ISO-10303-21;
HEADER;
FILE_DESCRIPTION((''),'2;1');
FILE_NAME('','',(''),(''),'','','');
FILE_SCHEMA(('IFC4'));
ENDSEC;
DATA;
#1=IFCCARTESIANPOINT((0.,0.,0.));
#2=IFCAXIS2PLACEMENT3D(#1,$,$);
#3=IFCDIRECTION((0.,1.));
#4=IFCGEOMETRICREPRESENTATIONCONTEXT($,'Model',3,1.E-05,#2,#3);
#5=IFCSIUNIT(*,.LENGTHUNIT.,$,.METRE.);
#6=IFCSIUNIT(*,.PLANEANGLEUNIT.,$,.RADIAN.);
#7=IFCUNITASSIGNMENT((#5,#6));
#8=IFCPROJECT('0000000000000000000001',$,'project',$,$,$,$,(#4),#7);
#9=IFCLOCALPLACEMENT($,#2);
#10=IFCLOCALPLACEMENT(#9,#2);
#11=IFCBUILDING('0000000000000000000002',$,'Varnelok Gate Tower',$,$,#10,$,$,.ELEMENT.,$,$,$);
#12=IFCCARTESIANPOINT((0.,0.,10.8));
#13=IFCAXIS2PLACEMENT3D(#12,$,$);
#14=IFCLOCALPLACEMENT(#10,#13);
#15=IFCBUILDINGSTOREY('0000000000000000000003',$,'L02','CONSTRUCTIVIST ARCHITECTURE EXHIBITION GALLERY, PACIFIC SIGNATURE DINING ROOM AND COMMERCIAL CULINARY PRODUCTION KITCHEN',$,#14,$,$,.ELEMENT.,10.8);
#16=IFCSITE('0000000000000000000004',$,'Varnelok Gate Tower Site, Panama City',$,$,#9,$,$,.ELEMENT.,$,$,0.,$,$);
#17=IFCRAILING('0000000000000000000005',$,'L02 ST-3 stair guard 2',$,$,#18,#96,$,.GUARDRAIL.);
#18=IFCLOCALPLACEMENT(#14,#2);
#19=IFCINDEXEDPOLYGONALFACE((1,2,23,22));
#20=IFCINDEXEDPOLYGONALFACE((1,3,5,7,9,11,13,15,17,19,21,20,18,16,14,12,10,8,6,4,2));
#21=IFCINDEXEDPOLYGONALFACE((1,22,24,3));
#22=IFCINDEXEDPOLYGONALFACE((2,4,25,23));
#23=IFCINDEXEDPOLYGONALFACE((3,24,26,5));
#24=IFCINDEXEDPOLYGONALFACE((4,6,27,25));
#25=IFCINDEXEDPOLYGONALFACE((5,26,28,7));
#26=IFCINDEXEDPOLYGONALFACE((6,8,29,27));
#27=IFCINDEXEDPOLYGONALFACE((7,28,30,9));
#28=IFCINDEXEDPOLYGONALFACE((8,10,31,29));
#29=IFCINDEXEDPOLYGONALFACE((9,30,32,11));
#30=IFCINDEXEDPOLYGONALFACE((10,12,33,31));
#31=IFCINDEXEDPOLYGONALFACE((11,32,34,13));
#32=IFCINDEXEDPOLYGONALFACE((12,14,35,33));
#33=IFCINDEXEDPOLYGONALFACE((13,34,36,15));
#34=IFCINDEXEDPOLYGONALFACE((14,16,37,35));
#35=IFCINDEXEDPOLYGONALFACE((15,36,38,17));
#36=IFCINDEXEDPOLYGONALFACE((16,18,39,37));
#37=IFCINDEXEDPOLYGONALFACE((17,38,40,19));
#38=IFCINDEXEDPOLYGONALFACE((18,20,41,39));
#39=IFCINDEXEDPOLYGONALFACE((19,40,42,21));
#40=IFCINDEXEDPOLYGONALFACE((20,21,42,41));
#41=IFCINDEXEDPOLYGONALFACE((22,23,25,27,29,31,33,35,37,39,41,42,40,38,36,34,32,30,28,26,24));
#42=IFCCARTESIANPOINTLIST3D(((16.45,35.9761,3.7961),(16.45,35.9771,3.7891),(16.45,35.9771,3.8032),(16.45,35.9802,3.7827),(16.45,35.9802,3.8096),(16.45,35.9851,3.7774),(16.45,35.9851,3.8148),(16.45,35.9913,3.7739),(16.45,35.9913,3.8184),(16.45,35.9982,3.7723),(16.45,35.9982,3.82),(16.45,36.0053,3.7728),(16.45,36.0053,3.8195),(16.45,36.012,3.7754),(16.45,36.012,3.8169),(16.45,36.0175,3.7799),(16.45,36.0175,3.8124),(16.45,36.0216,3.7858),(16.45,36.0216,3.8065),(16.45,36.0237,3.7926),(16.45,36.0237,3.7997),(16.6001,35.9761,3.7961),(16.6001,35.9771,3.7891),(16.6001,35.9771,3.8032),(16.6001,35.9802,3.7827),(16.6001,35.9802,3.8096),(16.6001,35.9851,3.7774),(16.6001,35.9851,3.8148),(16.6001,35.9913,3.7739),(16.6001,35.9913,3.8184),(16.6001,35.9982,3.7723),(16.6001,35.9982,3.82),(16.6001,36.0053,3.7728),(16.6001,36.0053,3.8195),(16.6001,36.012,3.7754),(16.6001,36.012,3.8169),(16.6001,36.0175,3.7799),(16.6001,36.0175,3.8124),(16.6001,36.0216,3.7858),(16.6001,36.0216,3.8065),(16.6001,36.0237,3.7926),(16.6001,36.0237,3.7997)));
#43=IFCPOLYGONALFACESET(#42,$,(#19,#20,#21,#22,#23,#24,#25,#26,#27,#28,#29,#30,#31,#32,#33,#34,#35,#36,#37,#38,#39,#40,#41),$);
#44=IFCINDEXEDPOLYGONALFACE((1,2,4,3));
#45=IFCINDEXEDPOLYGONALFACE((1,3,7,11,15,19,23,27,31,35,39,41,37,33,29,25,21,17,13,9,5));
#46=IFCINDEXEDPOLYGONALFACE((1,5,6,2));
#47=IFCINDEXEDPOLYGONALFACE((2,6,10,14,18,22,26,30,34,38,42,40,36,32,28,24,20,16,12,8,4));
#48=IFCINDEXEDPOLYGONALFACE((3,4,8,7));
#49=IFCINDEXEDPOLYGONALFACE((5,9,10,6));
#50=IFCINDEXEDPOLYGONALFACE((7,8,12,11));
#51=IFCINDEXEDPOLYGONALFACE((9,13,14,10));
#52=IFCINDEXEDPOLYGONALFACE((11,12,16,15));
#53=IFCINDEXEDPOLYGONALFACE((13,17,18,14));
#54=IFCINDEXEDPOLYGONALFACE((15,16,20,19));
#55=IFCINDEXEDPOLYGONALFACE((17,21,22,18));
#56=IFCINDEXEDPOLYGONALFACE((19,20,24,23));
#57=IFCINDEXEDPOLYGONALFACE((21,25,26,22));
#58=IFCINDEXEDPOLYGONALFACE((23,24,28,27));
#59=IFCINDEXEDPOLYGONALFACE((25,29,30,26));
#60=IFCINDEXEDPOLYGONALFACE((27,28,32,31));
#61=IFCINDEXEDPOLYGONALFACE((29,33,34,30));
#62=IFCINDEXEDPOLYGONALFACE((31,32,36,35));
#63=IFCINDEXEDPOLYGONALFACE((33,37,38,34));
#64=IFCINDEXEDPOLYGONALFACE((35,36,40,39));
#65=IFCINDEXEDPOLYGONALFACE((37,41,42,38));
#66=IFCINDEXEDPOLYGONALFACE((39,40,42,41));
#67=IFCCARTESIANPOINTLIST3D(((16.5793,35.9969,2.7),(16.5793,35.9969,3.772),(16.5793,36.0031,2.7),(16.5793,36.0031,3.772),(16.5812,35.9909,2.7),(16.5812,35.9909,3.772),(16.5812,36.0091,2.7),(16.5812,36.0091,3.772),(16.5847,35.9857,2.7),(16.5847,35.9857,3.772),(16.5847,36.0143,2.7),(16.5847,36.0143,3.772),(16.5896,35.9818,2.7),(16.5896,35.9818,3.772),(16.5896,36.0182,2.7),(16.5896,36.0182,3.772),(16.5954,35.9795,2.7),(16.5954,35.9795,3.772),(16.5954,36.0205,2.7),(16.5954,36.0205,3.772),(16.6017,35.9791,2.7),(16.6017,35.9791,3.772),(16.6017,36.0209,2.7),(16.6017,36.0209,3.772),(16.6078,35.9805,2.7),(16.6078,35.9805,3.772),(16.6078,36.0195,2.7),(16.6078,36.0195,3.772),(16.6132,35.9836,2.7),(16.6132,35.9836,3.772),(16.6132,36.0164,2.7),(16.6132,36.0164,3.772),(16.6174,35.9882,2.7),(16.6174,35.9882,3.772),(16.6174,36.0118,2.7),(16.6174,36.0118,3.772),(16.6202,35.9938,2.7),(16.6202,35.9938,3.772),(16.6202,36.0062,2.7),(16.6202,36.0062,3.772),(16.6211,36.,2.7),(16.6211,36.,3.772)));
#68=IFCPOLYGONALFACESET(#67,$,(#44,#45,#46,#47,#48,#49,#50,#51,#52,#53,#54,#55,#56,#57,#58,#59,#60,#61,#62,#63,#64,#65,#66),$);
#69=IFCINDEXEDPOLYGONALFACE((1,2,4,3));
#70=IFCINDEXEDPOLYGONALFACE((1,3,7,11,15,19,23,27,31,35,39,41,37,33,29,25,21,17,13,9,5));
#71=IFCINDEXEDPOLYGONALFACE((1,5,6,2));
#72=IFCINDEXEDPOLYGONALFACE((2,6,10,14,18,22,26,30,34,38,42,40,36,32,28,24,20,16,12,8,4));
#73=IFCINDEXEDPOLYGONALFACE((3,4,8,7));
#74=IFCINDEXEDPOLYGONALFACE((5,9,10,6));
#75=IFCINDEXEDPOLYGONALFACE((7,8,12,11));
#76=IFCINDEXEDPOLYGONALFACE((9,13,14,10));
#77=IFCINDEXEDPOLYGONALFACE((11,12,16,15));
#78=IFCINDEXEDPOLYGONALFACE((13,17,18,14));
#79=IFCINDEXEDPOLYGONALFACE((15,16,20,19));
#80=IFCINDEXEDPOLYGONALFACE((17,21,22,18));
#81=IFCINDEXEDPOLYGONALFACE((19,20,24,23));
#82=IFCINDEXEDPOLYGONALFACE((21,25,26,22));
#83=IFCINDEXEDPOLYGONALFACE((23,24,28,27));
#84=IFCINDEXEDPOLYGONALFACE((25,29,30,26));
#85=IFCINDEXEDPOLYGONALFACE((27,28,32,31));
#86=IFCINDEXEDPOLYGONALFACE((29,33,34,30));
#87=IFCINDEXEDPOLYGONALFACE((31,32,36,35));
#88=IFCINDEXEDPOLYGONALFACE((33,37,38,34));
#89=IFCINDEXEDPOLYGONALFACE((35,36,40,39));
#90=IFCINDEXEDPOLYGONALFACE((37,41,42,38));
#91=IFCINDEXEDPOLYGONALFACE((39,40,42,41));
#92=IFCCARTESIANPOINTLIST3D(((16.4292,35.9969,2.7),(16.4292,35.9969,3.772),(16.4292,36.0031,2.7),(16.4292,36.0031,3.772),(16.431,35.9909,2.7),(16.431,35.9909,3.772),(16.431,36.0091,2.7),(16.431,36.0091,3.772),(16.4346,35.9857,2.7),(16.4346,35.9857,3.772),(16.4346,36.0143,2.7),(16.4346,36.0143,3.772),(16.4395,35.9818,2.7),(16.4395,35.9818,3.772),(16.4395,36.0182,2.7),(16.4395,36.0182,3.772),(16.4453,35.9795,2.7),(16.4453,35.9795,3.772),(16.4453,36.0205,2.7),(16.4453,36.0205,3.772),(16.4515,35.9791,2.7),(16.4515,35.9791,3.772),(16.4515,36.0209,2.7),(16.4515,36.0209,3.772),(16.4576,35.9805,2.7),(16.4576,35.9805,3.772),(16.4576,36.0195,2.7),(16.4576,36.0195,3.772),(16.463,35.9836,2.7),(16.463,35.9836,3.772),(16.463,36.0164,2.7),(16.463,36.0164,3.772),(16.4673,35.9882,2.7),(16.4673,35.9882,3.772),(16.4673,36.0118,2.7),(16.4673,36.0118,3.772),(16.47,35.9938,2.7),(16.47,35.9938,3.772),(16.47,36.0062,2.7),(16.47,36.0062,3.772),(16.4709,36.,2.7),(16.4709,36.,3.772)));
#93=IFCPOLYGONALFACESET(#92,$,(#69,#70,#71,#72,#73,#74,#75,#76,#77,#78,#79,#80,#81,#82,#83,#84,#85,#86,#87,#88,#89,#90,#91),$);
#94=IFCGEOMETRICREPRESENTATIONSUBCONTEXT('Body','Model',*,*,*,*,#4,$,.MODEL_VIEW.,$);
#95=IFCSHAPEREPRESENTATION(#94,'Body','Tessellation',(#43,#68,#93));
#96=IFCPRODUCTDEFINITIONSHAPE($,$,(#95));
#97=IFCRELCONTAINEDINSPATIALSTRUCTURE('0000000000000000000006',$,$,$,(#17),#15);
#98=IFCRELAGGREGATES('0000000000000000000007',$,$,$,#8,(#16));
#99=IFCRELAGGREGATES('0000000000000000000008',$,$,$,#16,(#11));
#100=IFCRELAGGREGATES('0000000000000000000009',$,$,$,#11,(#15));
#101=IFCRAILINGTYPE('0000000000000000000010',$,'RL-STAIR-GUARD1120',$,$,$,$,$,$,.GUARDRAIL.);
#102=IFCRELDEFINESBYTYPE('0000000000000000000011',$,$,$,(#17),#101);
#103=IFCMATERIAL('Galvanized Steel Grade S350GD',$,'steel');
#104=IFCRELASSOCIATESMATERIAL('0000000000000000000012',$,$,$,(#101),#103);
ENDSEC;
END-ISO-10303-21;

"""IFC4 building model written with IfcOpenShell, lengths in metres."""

from ifc_helpers import new_model, si_unit, direction, frame, origin, origin_2d, place, context, subcontext, project, spatial, circle, extrude, material, type_object, element, save


model = new_model("IFC4")

# Units and contexts
model_context = context("Model", 3, precision=1e-05, world=origin(), true_north=direction((0.0, 1.0)))
body_context = subcontext(model_context, "Body", "Model", "MODEL_VIEW")
ifc_project = project(units=[si_unit("LENGTHUNIT", "METRE"), si_unit("PLANEANGLEUNIT", "RADIAN")], contexts=[model_context])

# Site, building, storey
site_placement = place(None, origin())
site = spatial("IfcSite", under=ifc_project, at=site_placement, Name="Varnelok Gate Tower Site, Panama City", CompositionType="ELEMENT", RefElevation=0.0)
building_placement = place(site_placement, origin())
building = spatial("IfcBuilding", under=site, at=building_placement, Name="Varnelok Gate Tower", CompositionType="ELEMENT")
storey_placement = place(building_placement, frame((0.0, 0.0, 10.8)))
storey = spatial("IfcBuildingStorey", under=building, at=storey_placement, Name="L02", Description="CONSTRUCTIVIST ARCHITECTURE EXHIBITION GALLERY, PACIFIC SIGNATURE DINING ROOM AND COMMERCIAL CULINARY PRODUCTION KITCHEN", CompositionType="ELEMENT", Elevation=10.8)

# Railing
ifc_material_1 = material(Name="Galvanized Steel Grade S350GD", Category="steel")
railing_type_1 = type_object("IfcRailingType", Name="RL-STAIR-GUARD1120", PredefinedType="GUARDRAIL", material=ifc_material_1)
railing_1_placement = place(storey_placement, frame((16.6001, 36.0, 2.7)))
element("IfcRailing", 1, at=railing_1_placement, inside=storey, type_object=railing_type_1, Name="L02 ST-3 stair guard 2", PredefinedType="GUARDRAIL", context=body_context, shape_type="SweptSolid", body=[
    extrude(circle(Radius=0.0239, at=origin_2d()), frame((0.0, 0.0, 1.0962), z_axis=(-1.0, 0.0, 0.0), x_axis=(0.0, -1.0, 0.0)), (0.0, 0.0, 1.0), 0.1501),
    extrude(circle(Radius=0.021, at=origin_2d()), origin(), (0.0, 0.0, 1.0), 1.072),
    extrude(circle(Radius=0.021, at=origin_2d()), frame((-0.1501, 0.0, 0.0)), (0.0, 0.0, 1.0), 1.072),
])

save(model, "model.ifc")
